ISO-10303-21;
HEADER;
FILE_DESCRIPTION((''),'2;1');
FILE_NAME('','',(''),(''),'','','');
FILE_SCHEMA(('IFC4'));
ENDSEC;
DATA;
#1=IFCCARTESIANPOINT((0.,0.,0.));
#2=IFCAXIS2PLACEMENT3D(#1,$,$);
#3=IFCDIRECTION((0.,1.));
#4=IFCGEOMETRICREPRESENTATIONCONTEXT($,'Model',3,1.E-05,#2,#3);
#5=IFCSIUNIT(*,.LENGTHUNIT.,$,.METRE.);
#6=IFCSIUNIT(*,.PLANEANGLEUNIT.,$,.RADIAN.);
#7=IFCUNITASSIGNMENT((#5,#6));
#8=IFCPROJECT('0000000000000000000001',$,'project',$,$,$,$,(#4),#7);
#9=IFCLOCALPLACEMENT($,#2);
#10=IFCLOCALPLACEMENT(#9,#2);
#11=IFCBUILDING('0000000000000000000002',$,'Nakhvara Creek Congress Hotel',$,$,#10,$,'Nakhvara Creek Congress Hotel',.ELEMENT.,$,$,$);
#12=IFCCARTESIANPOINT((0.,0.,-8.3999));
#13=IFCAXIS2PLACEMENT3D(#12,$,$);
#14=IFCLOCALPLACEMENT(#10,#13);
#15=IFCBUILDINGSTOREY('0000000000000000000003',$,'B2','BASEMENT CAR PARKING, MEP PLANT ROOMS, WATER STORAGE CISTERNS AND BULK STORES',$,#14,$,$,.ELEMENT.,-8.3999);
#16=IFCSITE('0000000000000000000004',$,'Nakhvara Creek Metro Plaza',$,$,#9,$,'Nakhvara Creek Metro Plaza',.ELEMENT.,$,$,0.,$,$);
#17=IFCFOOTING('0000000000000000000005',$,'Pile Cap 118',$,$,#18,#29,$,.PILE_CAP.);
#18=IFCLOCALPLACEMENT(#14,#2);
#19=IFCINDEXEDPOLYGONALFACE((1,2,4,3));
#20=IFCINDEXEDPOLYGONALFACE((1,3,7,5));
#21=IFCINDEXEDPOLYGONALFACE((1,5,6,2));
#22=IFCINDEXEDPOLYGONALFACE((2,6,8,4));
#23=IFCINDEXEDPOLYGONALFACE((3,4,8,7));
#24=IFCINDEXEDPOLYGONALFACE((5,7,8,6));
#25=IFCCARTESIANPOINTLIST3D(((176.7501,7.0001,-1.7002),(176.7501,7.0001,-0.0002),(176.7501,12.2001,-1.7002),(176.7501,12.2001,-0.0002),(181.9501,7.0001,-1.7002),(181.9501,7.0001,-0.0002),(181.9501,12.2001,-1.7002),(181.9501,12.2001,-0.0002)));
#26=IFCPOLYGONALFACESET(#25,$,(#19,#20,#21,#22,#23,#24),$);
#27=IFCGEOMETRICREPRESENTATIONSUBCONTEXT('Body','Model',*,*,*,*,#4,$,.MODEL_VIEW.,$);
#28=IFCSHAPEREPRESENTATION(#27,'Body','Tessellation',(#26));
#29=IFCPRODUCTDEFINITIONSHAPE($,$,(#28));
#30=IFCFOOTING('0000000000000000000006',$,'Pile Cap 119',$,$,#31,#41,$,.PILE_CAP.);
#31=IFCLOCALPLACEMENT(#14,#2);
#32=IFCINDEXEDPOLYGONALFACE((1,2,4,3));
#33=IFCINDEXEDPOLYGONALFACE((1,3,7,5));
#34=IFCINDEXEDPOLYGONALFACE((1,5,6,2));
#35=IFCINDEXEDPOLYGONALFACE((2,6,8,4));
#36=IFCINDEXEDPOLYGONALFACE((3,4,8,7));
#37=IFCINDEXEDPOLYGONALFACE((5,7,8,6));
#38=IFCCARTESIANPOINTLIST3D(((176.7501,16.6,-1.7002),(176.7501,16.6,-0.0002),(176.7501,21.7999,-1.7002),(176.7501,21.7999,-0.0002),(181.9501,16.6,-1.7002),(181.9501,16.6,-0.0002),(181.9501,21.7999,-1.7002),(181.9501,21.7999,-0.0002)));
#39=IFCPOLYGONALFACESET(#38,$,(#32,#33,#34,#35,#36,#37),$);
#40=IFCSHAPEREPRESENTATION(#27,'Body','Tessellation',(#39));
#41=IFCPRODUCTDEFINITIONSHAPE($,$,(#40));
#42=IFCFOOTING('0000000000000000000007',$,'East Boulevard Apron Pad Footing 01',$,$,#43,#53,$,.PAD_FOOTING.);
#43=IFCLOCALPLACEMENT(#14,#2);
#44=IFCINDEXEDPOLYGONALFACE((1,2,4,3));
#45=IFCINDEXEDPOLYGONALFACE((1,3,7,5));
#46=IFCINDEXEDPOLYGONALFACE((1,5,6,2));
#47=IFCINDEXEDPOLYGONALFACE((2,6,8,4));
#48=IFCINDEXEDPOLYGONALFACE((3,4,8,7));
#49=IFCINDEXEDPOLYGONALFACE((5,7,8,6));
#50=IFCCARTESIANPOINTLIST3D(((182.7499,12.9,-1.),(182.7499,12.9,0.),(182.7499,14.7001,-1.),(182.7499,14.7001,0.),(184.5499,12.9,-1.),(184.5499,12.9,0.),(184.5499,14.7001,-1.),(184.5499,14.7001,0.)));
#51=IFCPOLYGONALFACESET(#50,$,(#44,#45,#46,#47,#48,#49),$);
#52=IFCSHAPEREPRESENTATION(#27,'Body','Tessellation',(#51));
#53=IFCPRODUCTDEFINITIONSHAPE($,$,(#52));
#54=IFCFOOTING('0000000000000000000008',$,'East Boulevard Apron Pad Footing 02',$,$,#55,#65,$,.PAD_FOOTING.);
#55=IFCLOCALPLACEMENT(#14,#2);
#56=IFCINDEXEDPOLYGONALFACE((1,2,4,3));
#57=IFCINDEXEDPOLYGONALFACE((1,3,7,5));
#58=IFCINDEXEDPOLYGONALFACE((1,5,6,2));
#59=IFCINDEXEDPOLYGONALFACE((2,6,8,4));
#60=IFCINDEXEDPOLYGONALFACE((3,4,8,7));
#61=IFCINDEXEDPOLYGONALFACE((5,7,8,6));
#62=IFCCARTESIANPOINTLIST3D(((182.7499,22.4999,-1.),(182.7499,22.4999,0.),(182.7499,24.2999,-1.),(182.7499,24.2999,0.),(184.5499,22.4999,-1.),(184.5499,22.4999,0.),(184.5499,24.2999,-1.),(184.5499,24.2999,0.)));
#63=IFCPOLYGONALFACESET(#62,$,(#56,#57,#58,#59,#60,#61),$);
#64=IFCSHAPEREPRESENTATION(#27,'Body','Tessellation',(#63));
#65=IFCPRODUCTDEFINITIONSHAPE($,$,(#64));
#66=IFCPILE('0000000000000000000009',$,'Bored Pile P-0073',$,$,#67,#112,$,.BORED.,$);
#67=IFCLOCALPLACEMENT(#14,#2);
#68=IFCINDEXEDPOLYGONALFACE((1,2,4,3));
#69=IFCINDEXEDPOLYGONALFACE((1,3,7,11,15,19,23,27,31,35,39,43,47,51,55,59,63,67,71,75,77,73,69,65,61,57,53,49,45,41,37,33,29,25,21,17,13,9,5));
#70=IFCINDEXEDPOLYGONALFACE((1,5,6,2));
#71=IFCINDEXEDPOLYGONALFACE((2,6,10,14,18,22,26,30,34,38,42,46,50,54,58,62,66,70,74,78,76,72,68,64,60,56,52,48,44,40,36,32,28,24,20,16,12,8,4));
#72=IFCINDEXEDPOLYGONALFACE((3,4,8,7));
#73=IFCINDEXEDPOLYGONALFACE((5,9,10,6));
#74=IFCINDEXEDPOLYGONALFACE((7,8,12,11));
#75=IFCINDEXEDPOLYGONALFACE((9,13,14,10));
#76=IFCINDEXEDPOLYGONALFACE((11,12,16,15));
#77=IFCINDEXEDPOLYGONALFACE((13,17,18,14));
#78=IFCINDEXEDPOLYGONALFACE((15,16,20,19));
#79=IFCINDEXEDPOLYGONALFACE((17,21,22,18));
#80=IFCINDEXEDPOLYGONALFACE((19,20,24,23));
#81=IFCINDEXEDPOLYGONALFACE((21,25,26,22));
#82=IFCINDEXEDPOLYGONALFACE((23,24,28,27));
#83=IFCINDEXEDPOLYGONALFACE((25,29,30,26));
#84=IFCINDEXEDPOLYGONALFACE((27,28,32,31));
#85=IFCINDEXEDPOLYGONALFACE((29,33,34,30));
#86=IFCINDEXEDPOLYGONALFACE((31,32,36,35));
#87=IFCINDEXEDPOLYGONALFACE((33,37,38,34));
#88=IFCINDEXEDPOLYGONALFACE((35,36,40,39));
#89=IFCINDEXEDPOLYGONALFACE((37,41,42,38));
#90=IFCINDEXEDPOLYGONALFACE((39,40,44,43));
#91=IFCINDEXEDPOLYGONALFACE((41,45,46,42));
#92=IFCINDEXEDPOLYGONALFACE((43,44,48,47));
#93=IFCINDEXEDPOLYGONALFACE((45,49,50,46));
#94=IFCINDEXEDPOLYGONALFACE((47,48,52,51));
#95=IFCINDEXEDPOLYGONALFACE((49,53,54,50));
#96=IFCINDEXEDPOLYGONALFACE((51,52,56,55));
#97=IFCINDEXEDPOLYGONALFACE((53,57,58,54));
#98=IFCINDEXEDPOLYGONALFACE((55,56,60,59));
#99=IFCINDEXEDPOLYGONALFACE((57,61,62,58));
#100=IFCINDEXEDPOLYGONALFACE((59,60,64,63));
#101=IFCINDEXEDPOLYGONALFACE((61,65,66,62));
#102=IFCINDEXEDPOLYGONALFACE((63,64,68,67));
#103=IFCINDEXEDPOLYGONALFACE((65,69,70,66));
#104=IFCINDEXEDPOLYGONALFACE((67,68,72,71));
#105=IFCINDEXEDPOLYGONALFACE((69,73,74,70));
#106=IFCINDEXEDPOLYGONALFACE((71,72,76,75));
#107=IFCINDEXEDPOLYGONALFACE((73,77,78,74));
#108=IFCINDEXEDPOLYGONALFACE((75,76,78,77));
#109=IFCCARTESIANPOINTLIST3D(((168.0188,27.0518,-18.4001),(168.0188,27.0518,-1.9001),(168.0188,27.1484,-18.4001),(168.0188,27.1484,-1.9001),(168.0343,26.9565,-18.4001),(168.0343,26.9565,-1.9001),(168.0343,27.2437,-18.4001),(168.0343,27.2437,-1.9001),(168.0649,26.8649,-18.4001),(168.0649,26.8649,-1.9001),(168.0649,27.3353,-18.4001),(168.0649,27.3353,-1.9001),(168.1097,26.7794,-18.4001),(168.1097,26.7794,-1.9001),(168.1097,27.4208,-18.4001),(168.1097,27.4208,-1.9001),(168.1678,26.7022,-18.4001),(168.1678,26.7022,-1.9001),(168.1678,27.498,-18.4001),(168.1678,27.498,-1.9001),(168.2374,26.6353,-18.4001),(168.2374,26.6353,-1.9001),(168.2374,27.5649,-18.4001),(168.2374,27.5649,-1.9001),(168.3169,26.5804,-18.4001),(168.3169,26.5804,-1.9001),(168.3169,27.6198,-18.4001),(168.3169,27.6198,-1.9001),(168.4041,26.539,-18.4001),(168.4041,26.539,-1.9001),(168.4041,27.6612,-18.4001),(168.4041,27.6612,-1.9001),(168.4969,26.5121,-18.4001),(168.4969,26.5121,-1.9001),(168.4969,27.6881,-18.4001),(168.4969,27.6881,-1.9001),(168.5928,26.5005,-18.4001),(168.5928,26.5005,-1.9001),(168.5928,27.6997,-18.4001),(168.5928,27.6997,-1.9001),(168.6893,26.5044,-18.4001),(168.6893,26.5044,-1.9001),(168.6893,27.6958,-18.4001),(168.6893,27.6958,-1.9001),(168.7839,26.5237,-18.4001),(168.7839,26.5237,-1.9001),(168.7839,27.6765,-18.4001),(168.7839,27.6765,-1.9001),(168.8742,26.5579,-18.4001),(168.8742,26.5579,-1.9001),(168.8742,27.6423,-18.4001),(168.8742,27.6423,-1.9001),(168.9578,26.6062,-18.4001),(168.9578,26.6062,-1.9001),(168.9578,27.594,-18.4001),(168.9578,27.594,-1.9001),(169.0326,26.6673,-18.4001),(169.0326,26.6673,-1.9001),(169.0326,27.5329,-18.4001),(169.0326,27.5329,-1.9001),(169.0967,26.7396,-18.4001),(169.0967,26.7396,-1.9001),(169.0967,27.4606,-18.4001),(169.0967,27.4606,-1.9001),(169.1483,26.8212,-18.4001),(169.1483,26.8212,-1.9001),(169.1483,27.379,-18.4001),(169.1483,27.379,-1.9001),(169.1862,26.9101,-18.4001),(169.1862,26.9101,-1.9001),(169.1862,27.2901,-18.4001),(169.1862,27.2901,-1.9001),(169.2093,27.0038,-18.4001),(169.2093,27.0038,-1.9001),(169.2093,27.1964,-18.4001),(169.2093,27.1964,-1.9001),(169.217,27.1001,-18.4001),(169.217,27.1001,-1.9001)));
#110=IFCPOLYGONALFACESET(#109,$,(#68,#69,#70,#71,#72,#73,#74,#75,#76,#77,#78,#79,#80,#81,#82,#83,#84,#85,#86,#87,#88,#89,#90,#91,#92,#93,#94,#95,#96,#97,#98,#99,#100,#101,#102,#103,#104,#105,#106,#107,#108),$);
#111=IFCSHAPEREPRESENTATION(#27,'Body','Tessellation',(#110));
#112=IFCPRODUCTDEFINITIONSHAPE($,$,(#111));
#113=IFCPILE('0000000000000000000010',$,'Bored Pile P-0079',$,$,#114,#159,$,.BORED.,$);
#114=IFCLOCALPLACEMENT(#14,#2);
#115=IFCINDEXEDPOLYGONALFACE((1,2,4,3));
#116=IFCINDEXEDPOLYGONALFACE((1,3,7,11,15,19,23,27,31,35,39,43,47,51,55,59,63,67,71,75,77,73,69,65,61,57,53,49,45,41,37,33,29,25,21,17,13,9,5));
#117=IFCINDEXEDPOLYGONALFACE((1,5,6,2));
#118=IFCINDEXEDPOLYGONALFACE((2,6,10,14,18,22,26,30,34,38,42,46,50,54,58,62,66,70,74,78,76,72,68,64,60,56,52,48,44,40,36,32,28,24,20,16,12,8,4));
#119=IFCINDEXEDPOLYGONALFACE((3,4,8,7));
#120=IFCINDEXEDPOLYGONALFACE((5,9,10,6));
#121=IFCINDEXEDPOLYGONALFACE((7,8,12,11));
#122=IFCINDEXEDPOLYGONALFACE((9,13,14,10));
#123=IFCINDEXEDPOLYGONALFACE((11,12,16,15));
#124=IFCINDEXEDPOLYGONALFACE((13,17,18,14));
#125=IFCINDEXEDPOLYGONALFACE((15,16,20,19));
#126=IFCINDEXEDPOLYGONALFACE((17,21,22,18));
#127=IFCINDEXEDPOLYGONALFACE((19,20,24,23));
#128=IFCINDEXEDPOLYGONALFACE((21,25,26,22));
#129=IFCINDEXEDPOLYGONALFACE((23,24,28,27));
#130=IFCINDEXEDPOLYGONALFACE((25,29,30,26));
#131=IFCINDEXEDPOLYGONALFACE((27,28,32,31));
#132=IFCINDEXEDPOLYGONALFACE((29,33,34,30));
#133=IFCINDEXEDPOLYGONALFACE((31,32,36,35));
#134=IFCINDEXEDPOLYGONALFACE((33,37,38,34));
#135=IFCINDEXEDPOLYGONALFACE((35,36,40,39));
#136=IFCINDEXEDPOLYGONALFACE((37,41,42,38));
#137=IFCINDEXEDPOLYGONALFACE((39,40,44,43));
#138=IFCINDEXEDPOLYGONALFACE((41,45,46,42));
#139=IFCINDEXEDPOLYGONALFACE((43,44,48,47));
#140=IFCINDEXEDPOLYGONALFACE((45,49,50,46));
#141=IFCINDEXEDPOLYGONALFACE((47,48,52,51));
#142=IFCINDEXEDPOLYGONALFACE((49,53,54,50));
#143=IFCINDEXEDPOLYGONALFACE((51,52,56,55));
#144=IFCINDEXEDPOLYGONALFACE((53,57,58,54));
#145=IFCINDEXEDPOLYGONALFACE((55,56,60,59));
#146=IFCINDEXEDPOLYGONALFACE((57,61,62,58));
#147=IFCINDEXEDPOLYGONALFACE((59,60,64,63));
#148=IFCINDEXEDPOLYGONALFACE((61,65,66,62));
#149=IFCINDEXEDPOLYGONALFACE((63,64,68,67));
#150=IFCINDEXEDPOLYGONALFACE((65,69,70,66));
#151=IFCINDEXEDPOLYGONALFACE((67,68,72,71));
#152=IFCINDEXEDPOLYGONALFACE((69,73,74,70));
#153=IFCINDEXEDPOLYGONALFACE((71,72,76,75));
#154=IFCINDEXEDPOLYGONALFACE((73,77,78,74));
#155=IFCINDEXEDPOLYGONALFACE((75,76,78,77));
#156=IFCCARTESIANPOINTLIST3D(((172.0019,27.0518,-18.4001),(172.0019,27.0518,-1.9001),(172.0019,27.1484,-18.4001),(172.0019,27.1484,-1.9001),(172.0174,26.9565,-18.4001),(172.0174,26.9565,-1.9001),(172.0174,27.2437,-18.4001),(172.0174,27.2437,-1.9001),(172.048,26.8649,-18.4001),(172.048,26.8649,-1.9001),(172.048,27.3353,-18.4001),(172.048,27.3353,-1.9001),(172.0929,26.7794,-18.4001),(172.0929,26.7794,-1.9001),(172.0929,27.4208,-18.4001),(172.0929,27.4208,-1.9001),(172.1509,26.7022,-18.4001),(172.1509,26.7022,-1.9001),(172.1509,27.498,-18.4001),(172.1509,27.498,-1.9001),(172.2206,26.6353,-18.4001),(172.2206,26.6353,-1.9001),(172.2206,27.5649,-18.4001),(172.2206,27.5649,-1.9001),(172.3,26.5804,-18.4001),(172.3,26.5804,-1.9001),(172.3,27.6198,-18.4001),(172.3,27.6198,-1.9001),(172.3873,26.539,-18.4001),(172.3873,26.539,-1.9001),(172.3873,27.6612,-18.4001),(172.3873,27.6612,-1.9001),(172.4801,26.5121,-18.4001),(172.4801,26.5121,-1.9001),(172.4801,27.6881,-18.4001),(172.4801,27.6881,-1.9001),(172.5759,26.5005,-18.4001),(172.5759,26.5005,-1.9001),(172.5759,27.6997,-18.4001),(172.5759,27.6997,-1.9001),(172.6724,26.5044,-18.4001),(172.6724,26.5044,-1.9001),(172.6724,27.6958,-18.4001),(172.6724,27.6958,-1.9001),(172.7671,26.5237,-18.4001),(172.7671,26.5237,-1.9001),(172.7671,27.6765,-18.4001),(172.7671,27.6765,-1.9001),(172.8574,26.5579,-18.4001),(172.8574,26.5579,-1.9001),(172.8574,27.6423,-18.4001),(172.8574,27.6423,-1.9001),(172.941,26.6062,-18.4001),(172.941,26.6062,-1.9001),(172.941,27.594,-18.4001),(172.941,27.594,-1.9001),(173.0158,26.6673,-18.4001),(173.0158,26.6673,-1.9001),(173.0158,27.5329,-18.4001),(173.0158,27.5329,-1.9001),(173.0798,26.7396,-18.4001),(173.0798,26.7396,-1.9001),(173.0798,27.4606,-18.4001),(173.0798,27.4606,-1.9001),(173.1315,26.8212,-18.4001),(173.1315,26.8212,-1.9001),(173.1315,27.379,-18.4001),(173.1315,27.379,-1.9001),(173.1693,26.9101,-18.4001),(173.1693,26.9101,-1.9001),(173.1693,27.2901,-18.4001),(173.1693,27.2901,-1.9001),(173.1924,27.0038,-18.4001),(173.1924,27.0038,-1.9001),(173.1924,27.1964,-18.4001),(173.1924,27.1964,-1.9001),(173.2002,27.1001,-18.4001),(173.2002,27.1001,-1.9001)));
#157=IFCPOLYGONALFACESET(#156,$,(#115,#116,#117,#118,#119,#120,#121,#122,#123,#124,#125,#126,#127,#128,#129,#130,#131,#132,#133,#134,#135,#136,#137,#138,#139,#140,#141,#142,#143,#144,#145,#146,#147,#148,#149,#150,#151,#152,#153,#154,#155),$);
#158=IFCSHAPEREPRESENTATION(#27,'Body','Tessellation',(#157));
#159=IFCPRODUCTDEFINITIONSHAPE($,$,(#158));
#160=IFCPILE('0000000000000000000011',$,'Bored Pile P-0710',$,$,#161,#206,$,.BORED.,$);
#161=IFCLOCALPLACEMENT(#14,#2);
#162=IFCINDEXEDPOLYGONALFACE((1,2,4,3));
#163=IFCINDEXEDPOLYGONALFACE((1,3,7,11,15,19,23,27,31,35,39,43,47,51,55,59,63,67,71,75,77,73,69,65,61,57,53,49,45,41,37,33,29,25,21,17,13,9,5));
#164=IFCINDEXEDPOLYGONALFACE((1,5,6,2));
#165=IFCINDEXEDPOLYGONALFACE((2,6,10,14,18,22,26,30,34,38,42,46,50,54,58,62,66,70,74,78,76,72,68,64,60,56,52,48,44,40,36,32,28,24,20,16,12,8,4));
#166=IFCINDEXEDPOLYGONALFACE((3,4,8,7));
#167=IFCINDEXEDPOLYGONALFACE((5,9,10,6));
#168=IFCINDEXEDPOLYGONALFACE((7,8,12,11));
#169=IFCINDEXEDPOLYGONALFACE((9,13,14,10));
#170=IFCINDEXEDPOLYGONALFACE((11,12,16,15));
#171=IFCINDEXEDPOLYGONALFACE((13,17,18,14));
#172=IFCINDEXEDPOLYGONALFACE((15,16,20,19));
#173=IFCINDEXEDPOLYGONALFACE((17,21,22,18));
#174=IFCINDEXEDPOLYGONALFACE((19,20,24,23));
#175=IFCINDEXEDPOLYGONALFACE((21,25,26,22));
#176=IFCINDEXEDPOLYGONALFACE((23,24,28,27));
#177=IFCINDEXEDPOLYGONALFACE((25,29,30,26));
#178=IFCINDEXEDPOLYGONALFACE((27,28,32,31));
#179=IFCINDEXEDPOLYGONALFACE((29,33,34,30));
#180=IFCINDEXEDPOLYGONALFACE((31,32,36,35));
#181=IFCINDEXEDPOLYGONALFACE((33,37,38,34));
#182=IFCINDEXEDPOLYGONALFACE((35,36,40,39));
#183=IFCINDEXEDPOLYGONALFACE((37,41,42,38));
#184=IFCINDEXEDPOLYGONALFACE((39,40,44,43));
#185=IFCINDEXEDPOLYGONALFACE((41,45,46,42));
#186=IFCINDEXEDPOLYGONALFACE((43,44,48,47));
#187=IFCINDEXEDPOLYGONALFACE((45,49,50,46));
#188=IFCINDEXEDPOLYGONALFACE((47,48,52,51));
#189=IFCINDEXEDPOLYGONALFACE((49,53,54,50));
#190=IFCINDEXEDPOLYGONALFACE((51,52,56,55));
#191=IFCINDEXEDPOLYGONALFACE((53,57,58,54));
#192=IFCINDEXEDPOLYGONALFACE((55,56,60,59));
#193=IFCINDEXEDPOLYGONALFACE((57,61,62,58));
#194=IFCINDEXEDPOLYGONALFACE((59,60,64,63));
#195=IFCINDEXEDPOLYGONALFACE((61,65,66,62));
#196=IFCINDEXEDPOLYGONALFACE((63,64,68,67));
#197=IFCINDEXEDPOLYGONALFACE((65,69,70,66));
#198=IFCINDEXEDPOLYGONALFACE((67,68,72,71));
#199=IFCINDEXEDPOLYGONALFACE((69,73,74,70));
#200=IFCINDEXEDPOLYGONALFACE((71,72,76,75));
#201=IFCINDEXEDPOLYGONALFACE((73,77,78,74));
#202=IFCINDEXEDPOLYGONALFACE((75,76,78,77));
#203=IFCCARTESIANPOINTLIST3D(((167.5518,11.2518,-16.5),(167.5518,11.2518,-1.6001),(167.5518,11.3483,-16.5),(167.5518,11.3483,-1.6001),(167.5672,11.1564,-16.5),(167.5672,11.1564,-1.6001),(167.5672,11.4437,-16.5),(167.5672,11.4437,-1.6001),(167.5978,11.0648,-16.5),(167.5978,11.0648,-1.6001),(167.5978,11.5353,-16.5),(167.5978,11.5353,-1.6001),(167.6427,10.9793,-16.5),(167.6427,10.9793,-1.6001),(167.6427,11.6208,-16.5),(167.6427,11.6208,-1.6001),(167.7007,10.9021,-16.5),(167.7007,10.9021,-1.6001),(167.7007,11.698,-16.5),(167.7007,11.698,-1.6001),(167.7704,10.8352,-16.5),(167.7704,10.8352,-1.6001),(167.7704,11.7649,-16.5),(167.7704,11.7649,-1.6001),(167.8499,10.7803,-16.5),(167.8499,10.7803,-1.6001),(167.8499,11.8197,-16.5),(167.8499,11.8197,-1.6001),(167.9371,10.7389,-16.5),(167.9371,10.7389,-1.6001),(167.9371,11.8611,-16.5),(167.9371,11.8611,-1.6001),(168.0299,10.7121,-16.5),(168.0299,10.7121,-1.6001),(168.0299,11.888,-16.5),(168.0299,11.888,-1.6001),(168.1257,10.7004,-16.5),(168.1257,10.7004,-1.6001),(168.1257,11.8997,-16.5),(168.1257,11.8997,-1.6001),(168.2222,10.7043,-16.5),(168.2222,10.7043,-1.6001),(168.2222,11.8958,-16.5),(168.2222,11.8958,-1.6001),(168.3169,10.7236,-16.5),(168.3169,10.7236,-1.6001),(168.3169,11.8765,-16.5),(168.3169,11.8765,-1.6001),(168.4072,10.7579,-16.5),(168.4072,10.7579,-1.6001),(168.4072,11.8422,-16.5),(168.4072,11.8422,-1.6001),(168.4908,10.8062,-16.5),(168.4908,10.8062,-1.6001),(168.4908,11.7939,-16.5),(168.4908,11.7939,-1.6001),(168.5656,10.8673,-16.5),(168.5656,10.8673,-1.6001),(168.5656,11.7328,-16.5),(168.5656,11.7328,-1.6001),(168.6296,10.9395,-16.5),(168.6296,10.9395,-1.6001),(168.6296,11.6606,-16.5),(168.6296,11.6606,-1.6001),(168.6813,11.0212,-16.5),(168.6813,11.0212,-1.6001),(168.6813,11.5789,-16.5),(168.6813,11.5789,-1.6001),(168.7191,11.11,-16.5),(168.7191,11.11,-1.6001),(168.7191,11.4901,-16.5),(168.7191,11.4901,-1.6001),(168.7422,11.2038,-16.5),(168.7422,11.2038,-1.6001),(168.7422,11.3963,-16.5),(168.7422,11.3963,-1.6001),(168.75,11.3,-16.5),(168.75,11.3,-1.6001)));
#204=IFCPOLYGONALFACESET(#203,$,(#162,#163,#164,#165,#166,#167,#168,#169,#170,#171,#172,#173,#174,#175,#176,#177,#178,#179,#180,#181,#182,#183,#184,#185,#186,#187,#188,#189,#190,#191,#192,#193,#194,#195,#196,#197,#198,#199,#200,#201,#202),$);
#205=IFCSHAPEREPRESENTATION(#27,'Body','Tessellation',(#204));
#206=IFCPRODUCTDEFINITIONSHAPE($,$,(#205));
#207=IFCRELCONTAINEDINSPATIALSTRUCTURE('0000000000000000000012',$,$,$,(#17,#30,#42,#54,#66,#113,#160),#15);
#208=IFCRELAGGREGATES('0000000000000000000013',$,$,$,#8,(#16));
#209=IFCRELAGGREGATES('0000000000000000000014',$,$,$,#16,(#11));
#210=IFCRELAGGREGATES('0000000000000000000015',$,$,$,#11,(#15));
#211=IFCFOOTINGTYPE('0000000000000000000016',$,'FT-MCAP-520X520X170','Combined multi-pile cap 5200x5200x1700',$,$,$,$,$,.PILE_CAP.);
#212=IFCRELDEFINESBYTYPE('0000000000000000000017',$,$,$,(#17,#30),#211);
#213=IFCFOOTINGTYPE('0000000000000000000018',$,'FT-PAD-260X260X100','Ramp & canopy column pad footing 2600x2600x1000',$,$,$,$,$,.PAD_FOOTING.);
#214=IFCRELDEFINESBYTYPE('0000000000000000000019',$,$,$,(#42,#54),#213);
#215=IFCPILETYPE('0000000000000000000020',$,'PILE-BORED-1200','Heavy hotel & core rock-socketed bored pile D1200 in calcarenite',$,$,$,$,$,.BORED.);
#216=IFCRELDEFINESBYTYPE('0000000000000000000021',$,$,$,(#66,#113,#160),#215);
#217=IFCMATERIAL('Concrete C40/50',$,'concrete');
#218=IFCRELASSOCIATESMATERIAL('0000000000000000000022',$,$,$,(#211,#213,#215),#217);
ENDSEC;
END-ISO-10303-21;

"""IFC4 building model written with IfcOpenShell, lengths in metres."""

from ifc_helpers import new_model, si_unit, direction, frame, origin, origin_2d, place, context, subcontext, project, spatial, rectangle, circle, extrude, material, material_profile, profile_set, type_object, element, save


model = new_model("IFC4")

# Units and contexts
model_context = context("Model", 3, precision=1e-05, world=origin(), true_north=direction((0.0, 1.0)))
body_context = subcontext(model_context, "Body", "Model", "MODEL_VIEW")
ifc_project = project(units=[si_unit("LENGTHUNIT", "METRE"), si_unit("PLANEANGLEUNIT", "RADIAN")], contexts=[model_context])

# Site, building, storey
site_placement = place(None, origin())
site = spatial("IfcSite", under=ifc_project, at=site_placement, Name="Nakhvara Creek Metro Plaza", LongName="Nakhvara Creek Metro Plaza", CompositionType="ELEMENT", RefElevation=0.0)
building_placement = place(site_placement, origin())
building = spatial("IfcBuilding", under=site, at=building_placement, Name="Nakhvara Creek Congress Hotel", LongName="Nakhvara Creek Congress Hotel", CompositionType="ELEMENT")
storey_placement = place(building_placement, frame((0.0, 0.0, -8.3999)))
storey = spatial("IfcBuildingStorey", under=building, at=storey_placement, Name="B2", Description="BASEMENT CAR PARKING, MEP PLANT ROOMS, WATER STORAGE CISTERNS AND BULK STORES", CompositionType="ELEMENT", Elevation=-8.3999)

# Footings
ifc_material_1 = material(Name="Concrete C40/50", Category="concrete")
footing_type_1 = type_object("IfcFootingType", Name="FT-MCAP-520X520X170", Description="Combined multi-pile cap 5200x5200x1700", PredefinedType="PILE_CAP", material=ifc_material_1)
for number, where, z_axis, x_axis, name in (
    (1, (179.3501, 9.6001, -1.7002), (0.0, 0.0, 1.0), (1.0, 0.0, 0.0), "Pile Cap 118"),
    (2, (179.3501, 19.2, -1.7002), (0.0, 0.0, 1.0), (1.0, 0.0, 0.0), "Pile Cap 119"),
):
    element("IfcFooting", number, at=place(storey_placement, frame(where, z_axis=z_axis, x_axis=x_axis)), inside=storey, type_object=footing_type_1, Name=name, PredefinedType="PILE_CAP", context=body_context, shape_type="SweptSolid", body=[
        extrude(rectangle(XDim=5.2, YDim=5.2, at=origin_2d()), origin(), (0.0, 0.0, 1.0), 1.7),
    ])
footing_type_2 = type_object("IfcFootingType", Name="FT-PAD-260X260X100", Description="Ramp & canopy column pad footing 2600x2600x1000", PredefinedType="PAD_FOOTING", material=ifc_material_1)
for number, where, z_axis, x_axis, name in (
    (3, (183.6499, 13.8, -1.0), (0.0, 0.0, 1.0), (1.0, 0.0, 0.0), "East Boulevard Apron Pad Footing 01"),
    (4, (183.6499, 23.3999, -1.0), (0.0, 0.0, 1.0), (1.0, 0.0, 0.0), "East Boulevard Apron Pad Footing 02"),
):
    element("IfcFooting", number, at=place(storey_placement, frame(where, z_axis=z_axis, x_axis=x_axis)), inside=storey, type_object=footing_type_2, Name=name, PredefinedType="PAD_FOOTING", context=body_context, shape_type="SweptSolid", body=[
        extrude(rectangle(XDim=1.8, YDim=1.8, at=origin_2d()), origin(), (0.0, 0.0, 1.0), 1.0),
    ])

# Piles
ifc_material_profile_1 = material_profile(ifc_material_1, circle(Radius=0.6001, at=origin_2d()), Name="BORED PILE D1200", Category="LoadBearing")
ifc_profile_set_1 = profile_set([ifc_material_profile_1], Name="Concrete C40/50")
pile_type = type_object("IfcPileType", Name="PILE-BORED-1200", Description="Heavy hotel & core rock-socketed bored pile D1200 in calcarenite", PredefinedType="BORED", material=ifc_profile_set_1)
for number, where, z_axis, x_axis, name in (
    (5, (168.6169, 27.1001, -1.9001), (0.0, 0.0, -1.0), (1.0, 0.0, 0.0), "Bored Pile P-0073"),
    (6, (172.6001, 27.1001, -1.9001), (0.0, 0.0, -1.0), (1.0, 0.0, 0.0), "Bored Pile P-0079"),
):
    element("IfcPile", number, at=place(storey_placement, frame(where, z_axis=z_axis, x_axis=x_axis)), inside=storey, type_object=pile_type, Name=name, PredefinedType="BORED", context=body_context, shape_type="SweptSolid", body=[
        extrude(circle(Radius=0.6001, at=origin_2d()), origin(), (0.0, 0.0, 1.0), 16.5),
    ])
for number, where, z_axis, x_axis, name in (
    (7, (168.1499, 11.3, -1.6001), (0.0, 0.0, -1.0), (1.0, 0.0, 0.0), "Bored Pile P-0710"),
):
    element("IfcPile", number, at=place(storey_placement, frame(where, z_axis=z_axis, x_axis=x_axis)), inside=storey, type_object=pile_type, Name=name, PredefinedType="BORED", context=body_context, shape_type="SweptSolid", body=[
        extrude(circle(Radius=0.6001, at=origin_2d()), origin(), (0.0, 0.0, 1.0), 14.8999),
    ])

save(model, "model.ifc")
